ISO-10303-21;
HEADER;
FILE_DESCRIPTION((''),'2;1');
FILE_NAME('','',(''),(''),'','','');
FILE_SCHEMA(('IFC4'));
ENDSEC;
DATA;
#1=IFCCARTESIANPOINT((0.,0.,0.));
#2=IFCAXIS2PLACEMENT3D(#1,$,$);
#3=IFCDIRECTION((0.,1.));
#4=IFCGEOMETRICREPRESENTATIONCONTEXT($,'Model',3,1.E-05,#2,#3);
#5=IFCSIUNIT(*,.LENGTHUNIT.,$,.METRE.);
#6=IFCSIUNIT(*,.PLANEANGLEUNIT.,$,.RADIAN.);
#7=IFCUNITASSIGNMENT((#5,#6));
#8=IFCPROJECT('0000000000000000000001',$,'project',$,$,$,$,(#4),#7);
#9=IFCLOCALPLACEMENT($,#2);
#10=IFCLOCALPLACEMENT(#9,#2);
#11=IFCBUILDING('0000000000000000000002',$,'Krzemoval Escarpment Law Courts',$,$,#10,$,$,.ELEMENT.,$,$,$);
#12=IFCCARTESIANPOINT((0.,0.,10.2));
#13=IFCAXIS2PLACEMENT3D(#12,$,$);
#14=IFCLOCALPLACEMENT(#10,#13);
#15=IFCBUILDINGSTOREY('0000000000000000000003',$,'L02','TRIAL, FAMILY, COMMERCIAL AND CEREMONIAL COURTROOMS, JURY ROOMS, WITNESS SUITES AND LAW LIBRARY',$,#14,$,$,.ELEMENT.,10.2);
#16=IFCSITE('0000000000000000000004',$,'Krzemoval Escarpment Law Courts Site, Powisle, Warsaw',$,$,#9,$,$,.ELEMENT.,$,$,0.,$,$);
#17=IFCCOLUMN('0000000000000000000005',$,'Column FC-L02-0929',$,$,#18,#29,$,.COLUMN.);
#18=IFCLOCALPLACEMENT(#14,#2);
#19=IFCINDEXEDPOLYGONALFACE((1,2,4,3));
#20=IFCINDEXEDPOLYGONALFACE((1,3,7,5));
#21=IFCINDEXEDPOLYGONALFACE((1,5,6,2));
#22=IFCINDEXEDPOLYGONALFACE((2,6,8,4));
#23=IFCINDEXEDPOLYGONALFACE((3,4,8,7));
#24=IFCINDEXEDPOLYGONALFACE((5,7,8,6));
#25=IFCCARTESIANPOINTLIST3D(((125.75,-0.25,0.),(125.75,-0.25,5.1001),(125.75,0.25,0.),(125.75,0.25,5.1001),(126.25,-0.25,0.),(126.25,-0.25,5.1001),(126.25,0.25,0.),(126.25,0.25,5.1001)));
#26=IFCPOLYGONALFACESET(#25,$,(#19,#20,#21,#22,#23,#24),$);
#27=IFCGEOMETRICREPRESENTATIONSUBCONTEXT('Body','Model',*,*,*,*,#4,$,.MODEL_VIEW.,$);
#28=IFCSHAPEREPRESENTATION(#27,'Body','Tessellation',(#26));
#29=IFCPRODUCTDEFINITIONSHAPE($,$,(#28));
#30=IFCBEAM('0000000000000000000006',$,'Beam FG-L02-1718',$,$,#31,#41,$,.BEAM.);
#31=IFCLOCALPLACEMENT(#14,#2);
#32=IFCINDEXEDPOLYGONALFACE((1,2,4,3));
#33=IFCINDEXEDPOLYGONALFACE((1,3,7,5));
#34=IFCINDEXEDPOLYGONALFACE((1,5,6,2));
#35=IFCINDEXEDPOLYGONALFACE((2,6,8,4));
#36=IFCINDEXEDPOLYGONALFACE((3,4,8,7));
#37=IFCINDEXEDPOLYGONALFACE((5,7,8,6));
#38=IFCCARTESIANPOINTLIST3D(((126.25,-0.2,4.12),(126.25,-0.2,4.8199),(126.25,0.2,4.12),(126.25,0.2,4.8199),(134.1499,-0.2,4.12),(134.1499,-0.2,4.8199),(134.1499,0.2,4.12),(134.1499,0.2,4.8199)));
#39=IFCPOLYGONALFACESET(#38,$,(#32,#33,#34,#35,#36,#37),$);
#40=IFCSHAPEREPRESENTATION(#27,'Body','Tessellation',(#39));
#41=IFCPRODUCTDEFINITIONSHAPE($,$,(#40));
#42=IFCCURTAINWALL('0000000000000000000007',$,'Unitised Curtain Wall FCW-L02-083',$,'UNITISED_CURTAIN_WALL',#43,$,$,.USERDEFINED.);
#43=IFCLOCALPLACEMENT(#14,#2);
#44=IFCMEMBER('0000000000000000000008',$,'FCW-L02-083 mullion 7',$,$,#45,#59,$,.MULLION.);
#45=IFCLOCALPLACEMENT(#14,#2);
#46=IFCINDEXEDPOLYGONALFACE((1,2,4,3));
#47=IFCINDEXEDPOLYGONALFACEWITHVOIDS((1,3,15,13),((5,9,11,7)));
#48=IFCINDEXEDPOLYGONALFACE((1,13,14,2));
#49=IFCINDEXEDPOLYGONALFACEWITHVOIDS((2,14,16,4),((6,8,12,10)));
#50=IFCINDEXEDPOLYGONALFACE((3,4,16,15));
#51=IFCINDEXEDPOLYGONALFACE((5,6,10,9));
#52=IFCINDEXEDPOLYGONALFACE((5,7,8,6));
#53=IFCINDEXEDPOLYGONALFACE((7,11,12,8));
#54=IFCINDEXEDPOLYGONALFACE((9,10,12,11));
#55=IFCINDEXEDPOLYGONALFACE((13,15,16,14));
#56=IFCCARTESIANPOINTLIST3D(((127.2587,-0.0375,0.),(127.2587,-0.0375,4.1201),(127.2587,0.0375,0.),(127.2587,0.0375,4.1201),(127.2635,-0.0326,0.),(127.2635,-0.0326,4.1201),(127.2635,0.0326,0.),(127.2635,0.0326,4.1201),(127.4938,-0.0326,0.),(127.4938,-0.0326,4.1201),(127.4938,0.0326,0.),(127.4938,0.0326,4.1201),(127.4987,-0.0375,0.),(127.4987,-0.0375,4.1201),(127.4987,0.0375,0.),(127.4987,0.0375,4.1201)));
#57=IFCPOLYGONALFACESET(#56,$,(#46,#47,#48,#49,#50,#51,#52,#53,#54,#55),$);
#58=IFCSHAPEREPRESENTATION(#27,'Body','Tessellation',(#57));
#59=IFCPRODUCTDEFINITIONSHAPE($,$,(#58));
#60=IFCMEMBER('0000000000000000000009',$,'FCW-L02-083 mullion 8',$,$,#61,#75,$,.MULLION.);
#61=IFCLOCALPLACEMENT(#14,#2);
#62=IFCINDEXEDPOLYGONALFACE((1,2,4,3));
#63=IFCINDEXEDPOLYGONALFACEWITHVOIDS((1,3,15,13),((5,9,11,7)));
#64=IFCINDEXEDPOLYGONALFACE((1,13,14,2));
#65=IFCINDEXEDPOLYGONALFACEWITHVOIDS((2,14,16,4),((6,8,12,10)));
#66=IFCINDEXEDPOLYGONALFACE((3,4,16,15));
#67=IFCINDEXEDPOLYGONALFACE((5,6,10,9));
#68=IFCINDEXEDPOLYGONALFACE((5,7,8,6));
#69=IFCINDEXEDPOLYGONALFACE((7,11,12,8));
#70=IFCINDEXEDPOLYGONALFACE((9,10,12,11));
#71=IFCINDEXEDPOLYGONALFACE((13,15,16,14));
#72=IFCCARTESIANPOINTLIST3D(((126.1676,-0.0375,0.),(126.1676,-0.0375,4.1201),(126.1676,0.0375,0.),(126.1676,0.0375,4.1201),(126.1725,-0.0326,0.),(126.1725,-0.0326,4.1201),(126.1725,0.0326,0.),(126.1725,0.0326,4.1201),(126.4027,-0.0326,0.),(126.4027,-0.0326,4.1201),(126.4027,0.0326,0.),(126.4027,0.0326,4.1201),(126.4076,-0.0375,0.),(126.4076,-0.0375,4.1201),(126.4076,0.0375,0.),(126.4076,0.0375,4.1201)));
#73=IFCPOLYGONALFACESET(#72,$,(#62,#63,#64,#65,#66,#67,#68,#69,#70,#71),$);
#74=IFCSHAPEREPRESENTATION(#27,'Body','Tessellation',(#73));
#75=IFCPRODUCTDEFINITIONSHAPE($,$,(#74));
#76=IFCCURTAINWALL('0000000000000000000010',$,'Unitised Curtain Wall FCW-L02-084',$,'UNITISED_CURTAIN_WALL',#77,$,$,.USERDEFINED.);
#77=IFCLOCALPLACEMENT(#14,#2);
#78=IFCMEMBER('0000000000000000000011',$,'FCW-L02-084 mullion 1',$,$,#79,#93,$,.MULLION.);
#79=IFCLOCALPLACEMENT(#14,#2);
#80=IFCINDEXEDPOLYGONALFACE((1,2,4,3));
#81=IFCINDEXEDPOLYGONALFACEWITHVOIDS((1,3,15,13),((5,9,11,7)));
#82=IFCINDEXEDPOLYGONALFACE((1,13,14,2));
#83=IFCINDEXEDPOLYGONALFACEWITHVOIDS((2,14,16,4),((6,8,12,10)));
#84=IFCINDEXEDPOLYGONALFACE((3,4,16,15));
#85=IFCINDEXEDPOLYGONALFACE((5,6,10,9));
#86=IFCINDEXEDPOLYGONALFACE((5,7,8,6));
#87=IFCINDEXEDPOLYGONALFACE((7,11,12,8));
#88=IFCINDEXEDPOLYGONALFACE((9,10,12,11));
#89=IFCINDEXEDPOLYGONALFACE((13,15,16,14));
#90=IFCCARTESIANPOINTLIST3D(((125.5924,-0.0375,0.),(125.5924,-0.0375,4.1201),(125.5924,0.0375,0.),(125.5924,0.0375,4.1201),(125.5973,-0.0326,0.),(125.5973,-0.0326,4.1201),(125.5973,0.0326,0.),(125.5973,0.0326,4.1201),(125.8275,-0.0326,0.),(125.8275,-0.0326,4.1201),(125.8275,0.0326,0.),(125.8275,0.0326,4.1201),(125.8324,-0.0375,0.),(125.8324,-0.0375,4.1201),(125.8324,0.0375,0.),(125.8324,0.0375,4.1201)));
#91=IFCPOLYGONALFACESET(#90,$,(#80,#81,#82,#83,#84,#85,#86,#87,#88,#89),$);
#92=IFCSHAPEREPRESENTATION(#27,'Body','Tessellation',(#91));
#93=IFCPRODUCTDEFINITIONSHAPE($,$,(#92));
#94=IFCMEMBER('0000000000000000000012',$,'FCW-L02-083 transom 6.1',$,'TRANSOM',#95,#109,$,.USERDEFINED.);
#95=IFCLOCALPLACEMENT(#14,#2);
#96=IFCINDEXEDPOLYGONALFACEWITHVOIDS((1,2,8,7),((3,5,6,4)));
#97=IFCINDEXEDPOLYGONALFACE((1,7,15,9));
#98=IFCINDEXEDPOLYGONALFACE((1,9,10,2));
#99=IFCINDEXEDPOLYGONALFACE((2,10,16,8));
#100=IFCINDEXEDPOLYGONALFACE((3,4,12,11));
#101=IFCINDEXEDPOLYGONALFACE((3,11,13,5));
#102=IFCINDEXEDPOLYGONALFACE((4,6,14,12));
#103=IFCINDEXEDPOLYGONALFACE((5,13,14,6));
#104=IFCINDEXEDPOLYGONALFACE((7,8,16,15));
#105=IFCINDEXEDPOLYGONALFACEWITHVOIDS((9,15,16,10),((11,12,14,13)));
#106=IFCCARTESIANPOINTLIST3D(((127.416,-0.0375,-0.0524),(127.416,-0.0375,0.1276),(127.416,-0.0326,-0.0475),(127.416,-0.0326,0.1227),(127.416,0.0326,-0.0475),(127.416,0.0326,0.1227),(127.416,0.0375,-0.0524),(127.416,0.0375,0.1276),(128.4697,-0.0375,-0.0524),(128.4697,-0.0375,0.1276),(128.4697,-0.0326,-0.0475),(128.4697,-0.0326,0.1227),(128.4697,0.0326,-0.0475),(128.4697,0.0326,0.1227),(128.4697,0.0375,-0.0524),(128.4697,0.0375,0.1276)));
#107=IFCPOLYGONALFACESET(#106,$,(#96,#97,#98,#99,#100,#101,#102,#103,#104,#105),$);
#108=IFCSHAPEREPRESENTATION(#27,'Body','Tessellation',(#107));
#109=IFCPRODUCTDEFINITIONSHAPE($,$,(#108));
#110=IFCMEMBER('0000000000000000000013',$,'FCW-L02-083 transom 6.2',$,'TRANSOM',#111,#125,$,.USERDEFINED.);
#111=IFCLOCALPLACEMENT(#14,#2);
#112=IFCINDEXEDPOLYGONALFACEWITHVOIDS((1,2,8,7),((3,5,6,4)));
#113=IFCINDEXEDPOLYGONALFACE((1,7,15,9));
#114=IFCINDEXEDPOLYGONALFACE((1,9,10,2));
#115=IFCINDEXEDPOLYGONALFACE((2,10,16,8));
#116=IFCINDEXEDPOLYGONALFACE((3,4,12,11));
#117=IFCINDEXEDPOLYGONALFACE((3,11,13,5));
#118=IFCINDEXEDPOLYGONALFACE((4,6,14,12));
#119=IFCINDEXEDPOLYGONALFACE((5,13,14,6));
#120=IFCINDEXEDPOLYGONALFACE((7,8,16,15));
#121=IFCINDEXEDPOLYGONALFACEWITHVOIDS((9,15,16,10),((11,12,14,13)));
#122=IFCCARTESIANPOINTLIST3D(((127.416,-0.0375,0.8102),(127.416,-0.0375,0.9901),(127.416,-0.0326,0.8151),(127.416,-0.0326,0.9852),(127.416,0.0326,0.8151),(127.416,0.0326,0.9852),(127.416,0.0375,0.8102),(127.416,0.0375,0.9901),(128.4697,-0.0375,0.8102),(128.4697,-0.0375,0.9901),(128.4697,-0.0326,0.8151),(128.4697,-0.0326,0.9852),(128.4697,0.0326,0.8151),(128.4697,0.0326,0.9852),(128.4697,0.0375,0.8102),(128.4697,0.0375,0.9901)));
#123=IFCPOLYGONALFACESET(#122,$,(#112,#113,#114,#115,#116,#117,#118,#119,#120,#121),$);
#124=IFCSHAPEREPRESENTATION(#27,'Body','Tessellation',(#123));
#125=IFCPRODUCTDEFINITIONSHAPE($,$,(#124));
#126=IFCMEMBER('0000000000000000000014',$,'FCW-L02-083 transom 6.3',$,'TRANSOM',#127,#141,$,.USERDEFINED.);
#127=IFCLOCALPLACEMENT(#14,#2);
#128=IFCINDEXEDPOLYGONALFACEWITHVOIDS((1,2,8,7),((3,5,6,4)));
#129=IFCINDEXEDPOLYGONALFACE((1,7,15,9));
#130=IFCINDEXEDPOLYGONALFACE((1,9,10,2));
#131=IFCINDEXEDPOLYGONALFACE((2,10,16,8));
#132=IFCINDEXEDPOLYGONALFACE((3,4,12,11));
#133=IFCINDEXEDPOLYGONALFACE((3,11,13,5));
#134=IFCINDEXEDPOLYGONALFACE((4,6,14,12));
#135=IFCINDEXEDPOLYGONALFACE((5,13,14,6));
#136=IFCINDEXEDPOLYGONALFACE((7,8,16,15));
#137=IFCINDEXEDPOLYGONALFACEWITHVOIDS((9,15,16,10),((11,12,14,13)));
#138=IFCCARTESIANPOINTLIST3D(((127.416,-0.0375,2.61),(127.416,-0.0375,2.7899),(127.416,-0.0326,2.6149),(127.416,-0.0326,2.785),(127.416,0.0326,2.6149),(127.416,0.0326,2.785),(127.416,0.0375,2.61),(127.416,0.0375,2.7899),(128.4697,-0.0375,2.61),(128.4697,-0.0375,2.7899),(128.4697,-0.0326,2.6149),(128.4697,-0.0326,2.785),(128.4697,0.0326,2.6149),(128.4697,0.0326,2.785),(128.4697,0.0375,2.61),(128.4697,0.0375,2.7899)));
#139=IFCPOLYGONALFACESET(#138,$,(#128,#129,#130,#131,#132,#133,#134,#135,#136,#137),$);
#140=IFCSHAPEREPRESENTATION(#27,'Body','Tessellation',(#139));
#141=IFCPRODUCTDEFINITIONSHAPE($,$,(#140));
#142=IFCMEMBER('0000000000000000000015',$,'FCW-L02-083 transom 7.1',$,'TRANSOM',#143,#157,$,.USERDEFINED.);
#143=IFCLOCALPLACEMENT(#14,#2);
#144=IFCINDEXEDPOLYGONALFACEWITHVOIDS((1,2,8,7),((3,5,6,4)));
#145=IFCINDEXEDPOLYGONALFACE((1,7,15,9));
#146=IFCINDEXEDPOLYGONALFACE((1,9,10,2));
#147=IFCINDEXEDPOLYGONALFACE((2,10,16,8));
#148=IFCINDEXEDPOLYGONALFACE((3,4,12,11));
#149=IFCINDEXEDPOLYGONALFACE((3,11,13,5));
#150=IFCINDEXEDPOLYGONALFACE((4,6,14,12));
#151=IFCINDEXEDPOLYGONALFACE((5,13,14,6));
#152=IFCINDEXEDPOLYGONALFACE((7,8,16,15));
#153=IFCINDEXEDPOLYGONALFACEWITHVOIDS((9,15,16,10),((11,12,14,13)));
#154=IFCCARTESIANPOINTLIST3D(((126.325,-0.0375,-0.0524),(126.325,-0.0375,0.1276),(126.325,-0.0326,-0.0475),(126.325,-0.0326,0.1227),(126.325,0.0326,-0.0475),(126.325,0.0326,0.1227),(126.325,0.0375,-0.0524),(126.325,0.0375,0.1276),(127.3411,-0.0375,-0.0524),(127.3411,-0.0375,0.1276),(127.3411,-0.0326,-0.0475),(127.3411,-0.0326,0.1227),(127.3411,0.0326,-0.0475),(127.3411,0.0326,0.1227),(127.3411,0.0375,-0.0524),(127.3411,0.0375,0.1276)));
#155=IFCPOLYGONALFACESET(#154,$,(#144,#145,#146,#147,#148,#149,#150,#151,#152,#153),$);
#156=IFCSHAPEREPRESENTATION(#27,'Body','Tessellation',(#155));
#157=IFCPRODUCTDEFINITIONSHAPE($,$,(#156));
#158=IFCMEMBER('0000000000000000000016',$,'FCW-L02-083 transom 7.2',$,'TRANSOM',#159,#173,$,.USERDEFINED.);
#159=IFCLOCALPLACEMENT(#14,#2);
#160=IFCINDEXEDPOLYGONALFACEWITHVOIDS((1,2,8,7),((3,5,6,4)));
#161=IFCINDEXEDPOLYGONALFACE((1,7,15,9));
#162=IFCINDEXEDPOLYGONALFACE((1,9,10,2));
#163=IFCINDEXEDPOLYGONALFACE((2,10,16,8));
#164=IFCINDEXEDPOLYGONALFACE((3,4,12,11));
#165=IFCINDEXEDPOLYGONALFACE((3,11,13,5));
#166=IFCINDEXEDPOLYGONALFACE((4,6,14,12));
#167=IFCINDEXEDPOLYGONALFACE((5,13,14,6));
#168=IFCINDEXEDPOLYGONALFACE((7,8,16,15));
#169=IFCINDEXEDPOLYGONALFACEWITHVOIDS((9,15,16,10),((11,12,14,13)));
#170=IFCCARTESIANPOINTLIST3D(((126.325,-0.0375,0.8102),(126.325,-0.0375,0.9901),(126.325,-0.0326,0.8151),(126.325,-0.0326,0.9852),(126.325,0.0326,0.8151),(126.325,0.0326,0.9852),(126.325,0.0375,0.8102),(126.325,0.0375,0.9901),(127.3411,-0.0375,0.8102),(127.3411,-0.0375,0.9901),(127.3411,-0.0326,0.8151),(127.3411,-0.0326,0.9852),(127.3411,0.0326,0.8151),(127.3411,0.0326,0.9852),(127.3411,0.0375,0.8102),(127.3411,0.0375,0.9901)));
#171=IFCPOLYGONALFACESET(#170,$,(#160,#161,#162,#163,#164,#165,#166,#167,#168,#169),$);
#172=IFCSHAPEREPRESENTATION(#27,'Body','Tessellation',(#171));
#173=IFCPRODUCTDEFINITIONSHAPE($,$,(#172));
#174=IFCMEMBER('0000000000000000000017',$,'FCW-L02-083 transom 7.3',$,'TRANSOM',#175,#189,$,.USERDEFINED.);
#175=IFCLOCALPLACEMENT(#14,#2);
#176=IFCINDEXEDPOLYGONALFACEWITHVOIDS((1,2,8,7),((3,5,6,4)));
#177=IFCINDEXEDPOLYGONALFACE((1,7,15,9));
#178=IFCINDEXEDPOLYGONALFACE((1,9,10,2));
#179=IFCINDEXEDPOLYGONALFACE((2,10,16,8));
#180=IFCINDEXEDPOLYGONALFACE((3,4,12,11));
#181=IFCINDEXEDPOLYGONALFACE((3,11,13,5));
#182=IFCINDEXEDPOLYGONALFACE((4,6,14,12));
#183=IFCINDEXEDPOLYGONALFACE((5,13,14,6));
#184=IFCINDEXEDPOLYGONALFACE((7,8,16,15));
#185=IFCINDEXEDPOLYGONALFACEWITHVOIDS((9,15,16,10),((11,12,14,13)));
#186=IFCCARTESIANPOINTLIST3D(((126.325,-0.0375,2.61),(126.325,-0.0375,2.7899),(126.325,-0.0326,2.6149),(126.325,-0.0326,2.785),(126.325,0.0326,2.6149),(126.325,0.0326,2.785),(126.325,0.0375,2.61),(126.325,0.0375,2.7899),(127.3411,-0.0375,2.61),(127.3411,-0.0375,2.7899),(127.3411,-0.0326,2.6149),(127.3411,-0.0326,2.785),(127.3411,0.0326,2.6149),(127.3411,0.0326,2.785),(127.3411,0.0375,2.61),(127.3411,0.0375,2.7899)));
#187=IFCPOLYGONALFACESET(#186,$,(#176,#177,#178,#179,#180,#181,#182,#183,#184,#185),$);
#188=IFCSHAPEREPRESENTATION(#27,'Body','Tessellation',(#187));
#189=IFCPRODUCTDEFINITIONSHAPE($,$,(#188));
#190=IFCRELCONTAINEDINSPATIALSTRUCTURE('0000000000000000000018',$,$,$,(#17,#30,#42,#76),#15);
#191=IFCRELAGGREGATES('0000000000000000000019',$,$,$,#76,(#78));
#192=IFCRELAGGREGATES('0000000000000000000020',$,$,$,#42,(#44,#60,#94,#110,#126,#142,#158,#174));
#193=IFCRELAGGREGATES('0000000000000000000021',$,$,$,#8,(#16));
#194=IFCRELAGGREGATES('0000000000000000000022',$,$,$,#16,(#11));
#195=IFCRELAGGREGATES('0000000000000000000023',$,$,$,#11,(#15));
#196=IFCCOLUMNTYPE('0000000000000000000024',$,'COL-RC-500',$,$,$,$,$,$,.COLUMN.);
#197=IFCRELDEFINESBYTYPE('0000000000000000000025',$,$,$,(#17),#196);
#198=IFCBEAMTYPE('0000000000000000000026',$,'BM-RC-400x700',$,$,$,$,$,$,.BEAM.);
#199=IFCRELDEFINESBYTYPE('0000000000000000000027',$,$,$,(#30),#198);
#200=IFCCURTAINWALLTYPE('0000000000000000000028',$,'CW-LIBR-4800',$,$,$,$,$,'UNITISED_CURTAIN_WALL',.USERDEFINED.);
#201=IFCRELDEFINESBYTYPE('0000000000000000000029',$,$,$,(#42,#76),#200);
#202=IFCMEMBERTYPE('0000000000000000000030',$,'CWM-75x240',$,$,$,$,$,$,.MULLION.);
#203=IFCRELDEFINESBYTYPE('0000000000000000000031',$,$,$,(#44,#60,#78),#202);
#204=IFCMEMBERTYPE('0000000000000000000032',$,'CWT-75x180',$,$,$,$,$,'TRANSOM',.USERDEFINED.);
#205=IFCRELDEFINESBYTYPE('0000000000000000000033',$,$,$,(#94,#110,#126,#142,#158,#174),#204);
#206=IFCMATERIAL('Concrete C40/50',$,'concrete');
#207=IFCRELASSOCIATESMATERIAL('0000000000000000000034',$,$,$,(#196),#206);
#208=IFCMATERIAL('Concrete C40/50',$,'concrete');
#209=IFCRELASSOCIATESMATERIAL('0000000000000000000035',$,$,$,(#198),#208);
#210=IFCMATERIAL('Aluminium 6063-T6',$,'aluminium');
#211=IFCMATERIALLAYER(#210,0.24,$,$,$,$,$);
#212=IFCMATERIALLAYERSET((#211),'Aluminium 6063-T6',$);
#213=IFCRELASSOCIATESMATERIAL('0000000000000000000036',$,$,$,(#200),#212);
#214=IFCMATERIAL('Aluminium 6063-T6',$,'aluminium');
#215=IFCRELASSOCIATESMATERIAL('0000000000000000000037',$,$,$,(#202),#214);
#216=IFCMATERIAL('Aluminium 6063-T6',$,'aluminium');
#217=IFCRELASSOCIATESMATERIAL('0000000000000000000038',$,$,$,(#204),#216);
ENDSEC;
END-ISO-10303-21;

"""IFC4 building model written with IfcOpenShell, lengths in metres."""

from ifc_helpers import new_model, si_unit, direction, frame, origin, origin_2d, place, context, subcontext, project, spatial, rectangle, hollow_rectangle, extrude, material, layer, layer_set, material_profile, profile_set, type_object, element, aggregate, save


model = new_model("IFC4")

# Units and contexts
model_context = context("Model", 3, precision=1e-05, world=origin(), true_north=direction((0.0, 1.0)))
body_context = subcontext(model_context, "Body", "Model", "MODEL_VIEW")
ifc_project = project(units=[si_unit("LENGTHUNIT", "METRE"), si_unit("PLANEANGLEUNIT", "RADIAN")], contexts=[model_context])

# Site, building, storey
site_placement = place(None, origin())
site = spatial("IfcSite", under=ifc_project, at=site_placement, Name="Krzemoval Escarpment Law Courts Site, Powisle, Warsaw", CompositionType="ELEMENT", RefElevation=0.0)
building_placement = place(site_placement, origin())
building = spatial("IfcBuilding", under=site, at=building_placement, Name="Krzemoval Escarpment Law Courts", CompositionType="ELEMENT")
storey_placement = place(building_placement, frame((0.0, 0.0, 10.2)))
storey = spatial("IfcBuildingStorey", under=building, at=storey_placement, Name="L02", Description="TRIAL, FAMILY, COMMERCIAL AND CEREMONIAL COURTROOMS, JURY ROOMS, WITNESS SUITES AND LAW LIBRARY", CompositionType="ELEMENT", Elevation=10.2)

# Column
ifc_material_1 = material(Name="Concrete C40/50", Category="concrete")
ifc_material_profile_1 = material_profile(ifc_material_1, rectangle(XDim=0.5, YDim=0.5, at=origin_2d()), Name="RC 500x500")
ifc_profile_set_1 = profile_set([ifc_material_profile_1], Name="Concrete C40/50")
column_type = type_object("IfcColumnType", Name="COL-RC-500", PredefinedType="COLUMN", material=ifc_profile_set_1)
column_placement = place(storey_placement, frame((126.0, 0.0, 0.0), z_axis=(0.0, 0.0, 1.0), x_axis=(1.0, 0.0, 0.0)))
element("IfcColumn", 1, at=column_placement, inside=storey, type_object=column_type, Name="Column FC-L02-0929", PredefinedType="COLUMN", context=body_context, shape_type="SweptSolid", body=[
    extrude(rectangle(XDim=0.5, YDim=0.5, at=origin_2d()), origin(), (0.0, 0.0, 1.0), 5.1001),
])

# Beam
ifc_material_2 = material(Name="Concrete C40/50", Category="concrete")
ifc_material_profile_2 = material_profile(ifc_material_2, rectangle(XDim=0.3999, YDim=0.7, at=origin_2d()), Name="RCB 400x700")
ifc_profile_set_2 = profile_set([ifc_material_profile_2], Name="Concrete C40/50")
beam_type = type_object("IfcBeamType", Name="BM-RC-400x700", PredefinedType="BEAM", material=ifc_profile_set_2)
beam_placement = place(storey_placement, frame((126.25, 0.0, 4.47), z_axis=(1.0, 0.0, 0.0), x_axis=(0.0, 1.0, 0.0)))
element("IfcBeam", 2, at=beam_placement, inside=storey, type_object=beam_type, Name="Beam FG-L02-1718", PredefinedType="BEAM", context=body_context, shape_type="SweptSolid", body=[
    extrude(rectangle(XDim=0.3999, YDim=0.7, at=origin_2d()), origin(), (0.0, 0.0, 1.0), 7.8999),
])

# Curtain wall, members
ifc_material_3 = material(Name="Aluminium 6063-T6", Category="aluminium")
ifc_layer_1 = layer(ifc_material_3, 0.24)
ifc_layer_set_1 = layer_set([ifc_layer_1], Name="Aluminium 6063-T6")
curtain_wall_type = type_object("IfcCurtainWallType", Name="CW-LIBR-4800", ElementType="UNITISED_CURTAIN_WALL", PredefinedType="USERDEFINED", material=ifc_layer_set_1)
curtain_wall_1_placement = place(storey_placement, origin())
curtain_wall_1 = element("IfcCurtainWall", 3, at=curtain_wall_1_placement, inside=storey, type_object=curtain_wall_type, Name="Unitised Curtain Wall FCW-L02-083", ObjectType="UNITISED_CURTAIN_WALL", PredefinedType="USERDEFINED")
ifc_material_4 = material(Name="Aluminium 6063-T6", Category="aluminium")
ifc_material_profile_3 = material_profile(ifc_material_4, hollow_rectangle(XDim=0.075, YDim=0.24, WallThickness=0.0049, at=origin_2d()), Name="ALU M75x240")
ifc_profile_set_3 = profile_set([ifc_material_profile_3], Name="Aluminium 6063-T6")
member_type_1 = type_object("IfcMemberType", Name="CWM-75x240", PredefinedType="MULLION", material=ifc_profile_set_3)
member_1_placement = place(storey_placement, frame((127.3787, 0.0, 0.0), z_axis=(0.0, 0.0, 1.0), x_axis=(0.0, -1.0, 0.0)))
member_1 = element("IfcMember", 4, at=member_1_placement, type_object=member_type_1, Name="FCW-L02-083 mullion 7", PredefinedType="MULLION", context=body_context, shape_type="SweptSolid", body=[
    extrude(hollow_rectangle(XDim=0.075, YDim=0.24, WallThickness=0.0049, at=origin_2d()), origin(), (0.0, 0.0, 1.0), 4.1201),
])
member_2_placement = place(storey_placement, frame((126.2876, 0.0, 0.0), z_axis=(0.0, 0.0, 1.0), x_axis=(0.0, -1.0, 0.0)))
member_2 = element("IfcMember", 5, at=member_2_placement, type_object=member_type_1, Name="FCW-L02-083 mullion 8", PredefinedType="MULLION", context=body_context, shape_type="SweptSolid", body=[
    extrude(hollow_rectangle(XDim=0.075, YDim=0.24, WallThickness=0.0049, at=origin_2d()), origin(), (0.0, 0.0, 1.0), 4.1201),
])

# Curtain wall, member
curtain_wall_2_placement = place(storey_placement, origin())
curtain_wall_2 = element("IfcCurtainWall", 6, at=curtain_wall_2_placement, inside=storey, type_object=curtain_wall_type, Name="Unitised Curtain Wall FCW-L02-084", ObjectType="UNITISED_CURTAIN_WALL", PredefinedType="USERDEFINED")
member_3_placement = place(storey_placement, frame((125.7124, 0.0, 0.0), z_axis=(0.0, 0.0, 1.0), x_axis=(0.0, -1.0, 0.0)))
member_3 = element("IfcMember", 7, at=member_3_placement, type_object=member_type_1, Name="FCW-L02-084 mullion 1", PredefinedType="MULLION", context=body_context, shape_type="SweptSolid", body=[
    extrude(hollow_rectangle(XDim=0.075, YDim=0.24, WallThickness=0.0049, at=origin_2d()), origin(), (0.0, 0.0, 1.0), 4.1201),
])

# Members
ifc_material_5 = material(Name="Aluminium 6063-T6", Category="aluminium")
ifc_material_profile_4 = material_profile(ifc_material_5, hollow_rectangle(XDim=0.075, YDim=0.1799, WallThickness=0.0049, at=origin_2d()), Name="ALU T75x180")
ifc_profile_set_4 = profile_set([ifc_material_profile_4], Name="Aluminium 6063-T6")
member_type_2 = type_object("IfcMemberType", Name="CWT-75x180", ElementType="TRANSOM", PredefinedType="USERDEFINED", material=ifc_profile_set_4)
member_4_placement = place(storey_placement, frame((128.4697, 0.0, 0.0376), z_axis=(-1.0, 0.0, 0.0), x_axis=(0.0, -1.0, 0.0)))
member_4 = element("IfcMember", 8, at=member_4_placement, type_object=member_type_2, Name="FCW-L02-083 transom 6.1", ObjectType="TRANSOM", PredefinedType="USERDEFINED", context=body_context, shape_type="SweptSolid", body=[
    extrude(hollow_rectangle(XDim=0.075, YDim=0.1799, WallThickness=0.0049, at=origin_2d()), origin(), (0.0, 0.0, 1.0), 1.0537),
])
member_5_placement = place(storey_placement, frame((128.4697, 0.0, 0.9001), z_axis=(-1.0, 0.0, 0.0), x_axis=(0.0, -1.0, 0.0)))
member_5 = element("IfcMember", 9, at=member_5_placement, type_object=member_type_2, Name="FCW-L02-083 transom 6.2", ObjectType="TRANSOM", PredefinedType="USERDEFINED", context=body_context, shape_type="SweptSolid", body=[
    extrude(hollow_rectangle(XDim=0.075, YDim=0.1799, WallThickness=0.0049, at=origin_2d()), origin(), (0.0, 0.0, 1.0), 1.0537),
])
member_6_placement = place(storey_placement, frame((128.4697, 0.0, 2.7), z_axis=(-1.0, 0.0, 0.0), x_axis=(0.0, -1.0, 0.0)))
member_6 = element("IfcMember", 10, at=member_6_placement, type_object=member_type_2, Name="FCW-L02-083 transom 6.3", ObjectType="TRANSOM", PredefinedType="USERDEFINED", context=body_context, shape_type="SweptSolid", body=[
    extrude(hollow_rectangle(XDim=0.075, YDim=0.1799, WallThickness=0.0049, at=origin_2d()), origin(), (0.0, 0.0, 1.0), 1.0537),
])
member_7_placement = place(storey_placement, frame((127.3411, 0.0, 0.0376), z_axis=(-1.0, 0.0, 0.0), x_axis=(0.0, -1.0, 0.0)))
member_7 = element("IfcMember", 11, at=member_7_placement, type_object=member_type_2, Name="FCW-L02-083 transom 7.1", ObjectType="TRANSOM", PredefinedType="USERDEFINED", context=body_context, shape_type="SweptSolid", body=[
    extrude(hollow_rectangle(XDim=0.075, YDim=0.1799, WallThickness=0.0049, at=origin_2d()), origin(), (0.0, 0.0, 1.0), 1.0161),
])
member_8_placement = place(storey_placement, frame((127.3411, 0.0, 0.9001), z_axis=(-1.0, 0.0, 0.0), x_axis=(0.0, -1.0, 0.0)))
member_8 = element("IfcMember", 12, at=member_8_placement, type_object=member_type_2, Name="FCW-L02-083 transom 7.2", ObjectType="TRANSOM", PredefinedType="USERDEFINED", context=body_context, shape_type="SweptSolid", body=[
    extrude(hollow_rectangle(XDim=0.075, YDim=0.1799, WallThickness=0.0049, at=origin_2d()), origin(), (0.0, 0.0, 1.0), 1.0161),
])
member_9_placement = place(storey_placement, frame((127.3411, 0.0, 2.7), z_axis=(-1.0, 0.0, 0.0), x_axis=(0.0, -1.0, 0.0)))
member_9 = element("IfcMember", 13, at=member_9_placement, type_object=member_type_2, Name="FCW-L02-083 transom 7.3", ObjectType="TRANSOM", PredefinedType="USERDEFINED", context=body_context, shape_type="SweptSolid", body=[
    extrude(hollow_rectangle(XDim=0.075, YDim=0.1799, WallThickness=0.0049, at=origin_2d()), origin(), (0.0, 0.0, 1.0), 1.0161),
])
aggregate(curtain_wall_2, [member_3])

aggregate(curtain_wall_1, [member_1, member_2, member_4, member_5, member_6, member_7, member_8, member_9])

save(model, "model.ifc")
